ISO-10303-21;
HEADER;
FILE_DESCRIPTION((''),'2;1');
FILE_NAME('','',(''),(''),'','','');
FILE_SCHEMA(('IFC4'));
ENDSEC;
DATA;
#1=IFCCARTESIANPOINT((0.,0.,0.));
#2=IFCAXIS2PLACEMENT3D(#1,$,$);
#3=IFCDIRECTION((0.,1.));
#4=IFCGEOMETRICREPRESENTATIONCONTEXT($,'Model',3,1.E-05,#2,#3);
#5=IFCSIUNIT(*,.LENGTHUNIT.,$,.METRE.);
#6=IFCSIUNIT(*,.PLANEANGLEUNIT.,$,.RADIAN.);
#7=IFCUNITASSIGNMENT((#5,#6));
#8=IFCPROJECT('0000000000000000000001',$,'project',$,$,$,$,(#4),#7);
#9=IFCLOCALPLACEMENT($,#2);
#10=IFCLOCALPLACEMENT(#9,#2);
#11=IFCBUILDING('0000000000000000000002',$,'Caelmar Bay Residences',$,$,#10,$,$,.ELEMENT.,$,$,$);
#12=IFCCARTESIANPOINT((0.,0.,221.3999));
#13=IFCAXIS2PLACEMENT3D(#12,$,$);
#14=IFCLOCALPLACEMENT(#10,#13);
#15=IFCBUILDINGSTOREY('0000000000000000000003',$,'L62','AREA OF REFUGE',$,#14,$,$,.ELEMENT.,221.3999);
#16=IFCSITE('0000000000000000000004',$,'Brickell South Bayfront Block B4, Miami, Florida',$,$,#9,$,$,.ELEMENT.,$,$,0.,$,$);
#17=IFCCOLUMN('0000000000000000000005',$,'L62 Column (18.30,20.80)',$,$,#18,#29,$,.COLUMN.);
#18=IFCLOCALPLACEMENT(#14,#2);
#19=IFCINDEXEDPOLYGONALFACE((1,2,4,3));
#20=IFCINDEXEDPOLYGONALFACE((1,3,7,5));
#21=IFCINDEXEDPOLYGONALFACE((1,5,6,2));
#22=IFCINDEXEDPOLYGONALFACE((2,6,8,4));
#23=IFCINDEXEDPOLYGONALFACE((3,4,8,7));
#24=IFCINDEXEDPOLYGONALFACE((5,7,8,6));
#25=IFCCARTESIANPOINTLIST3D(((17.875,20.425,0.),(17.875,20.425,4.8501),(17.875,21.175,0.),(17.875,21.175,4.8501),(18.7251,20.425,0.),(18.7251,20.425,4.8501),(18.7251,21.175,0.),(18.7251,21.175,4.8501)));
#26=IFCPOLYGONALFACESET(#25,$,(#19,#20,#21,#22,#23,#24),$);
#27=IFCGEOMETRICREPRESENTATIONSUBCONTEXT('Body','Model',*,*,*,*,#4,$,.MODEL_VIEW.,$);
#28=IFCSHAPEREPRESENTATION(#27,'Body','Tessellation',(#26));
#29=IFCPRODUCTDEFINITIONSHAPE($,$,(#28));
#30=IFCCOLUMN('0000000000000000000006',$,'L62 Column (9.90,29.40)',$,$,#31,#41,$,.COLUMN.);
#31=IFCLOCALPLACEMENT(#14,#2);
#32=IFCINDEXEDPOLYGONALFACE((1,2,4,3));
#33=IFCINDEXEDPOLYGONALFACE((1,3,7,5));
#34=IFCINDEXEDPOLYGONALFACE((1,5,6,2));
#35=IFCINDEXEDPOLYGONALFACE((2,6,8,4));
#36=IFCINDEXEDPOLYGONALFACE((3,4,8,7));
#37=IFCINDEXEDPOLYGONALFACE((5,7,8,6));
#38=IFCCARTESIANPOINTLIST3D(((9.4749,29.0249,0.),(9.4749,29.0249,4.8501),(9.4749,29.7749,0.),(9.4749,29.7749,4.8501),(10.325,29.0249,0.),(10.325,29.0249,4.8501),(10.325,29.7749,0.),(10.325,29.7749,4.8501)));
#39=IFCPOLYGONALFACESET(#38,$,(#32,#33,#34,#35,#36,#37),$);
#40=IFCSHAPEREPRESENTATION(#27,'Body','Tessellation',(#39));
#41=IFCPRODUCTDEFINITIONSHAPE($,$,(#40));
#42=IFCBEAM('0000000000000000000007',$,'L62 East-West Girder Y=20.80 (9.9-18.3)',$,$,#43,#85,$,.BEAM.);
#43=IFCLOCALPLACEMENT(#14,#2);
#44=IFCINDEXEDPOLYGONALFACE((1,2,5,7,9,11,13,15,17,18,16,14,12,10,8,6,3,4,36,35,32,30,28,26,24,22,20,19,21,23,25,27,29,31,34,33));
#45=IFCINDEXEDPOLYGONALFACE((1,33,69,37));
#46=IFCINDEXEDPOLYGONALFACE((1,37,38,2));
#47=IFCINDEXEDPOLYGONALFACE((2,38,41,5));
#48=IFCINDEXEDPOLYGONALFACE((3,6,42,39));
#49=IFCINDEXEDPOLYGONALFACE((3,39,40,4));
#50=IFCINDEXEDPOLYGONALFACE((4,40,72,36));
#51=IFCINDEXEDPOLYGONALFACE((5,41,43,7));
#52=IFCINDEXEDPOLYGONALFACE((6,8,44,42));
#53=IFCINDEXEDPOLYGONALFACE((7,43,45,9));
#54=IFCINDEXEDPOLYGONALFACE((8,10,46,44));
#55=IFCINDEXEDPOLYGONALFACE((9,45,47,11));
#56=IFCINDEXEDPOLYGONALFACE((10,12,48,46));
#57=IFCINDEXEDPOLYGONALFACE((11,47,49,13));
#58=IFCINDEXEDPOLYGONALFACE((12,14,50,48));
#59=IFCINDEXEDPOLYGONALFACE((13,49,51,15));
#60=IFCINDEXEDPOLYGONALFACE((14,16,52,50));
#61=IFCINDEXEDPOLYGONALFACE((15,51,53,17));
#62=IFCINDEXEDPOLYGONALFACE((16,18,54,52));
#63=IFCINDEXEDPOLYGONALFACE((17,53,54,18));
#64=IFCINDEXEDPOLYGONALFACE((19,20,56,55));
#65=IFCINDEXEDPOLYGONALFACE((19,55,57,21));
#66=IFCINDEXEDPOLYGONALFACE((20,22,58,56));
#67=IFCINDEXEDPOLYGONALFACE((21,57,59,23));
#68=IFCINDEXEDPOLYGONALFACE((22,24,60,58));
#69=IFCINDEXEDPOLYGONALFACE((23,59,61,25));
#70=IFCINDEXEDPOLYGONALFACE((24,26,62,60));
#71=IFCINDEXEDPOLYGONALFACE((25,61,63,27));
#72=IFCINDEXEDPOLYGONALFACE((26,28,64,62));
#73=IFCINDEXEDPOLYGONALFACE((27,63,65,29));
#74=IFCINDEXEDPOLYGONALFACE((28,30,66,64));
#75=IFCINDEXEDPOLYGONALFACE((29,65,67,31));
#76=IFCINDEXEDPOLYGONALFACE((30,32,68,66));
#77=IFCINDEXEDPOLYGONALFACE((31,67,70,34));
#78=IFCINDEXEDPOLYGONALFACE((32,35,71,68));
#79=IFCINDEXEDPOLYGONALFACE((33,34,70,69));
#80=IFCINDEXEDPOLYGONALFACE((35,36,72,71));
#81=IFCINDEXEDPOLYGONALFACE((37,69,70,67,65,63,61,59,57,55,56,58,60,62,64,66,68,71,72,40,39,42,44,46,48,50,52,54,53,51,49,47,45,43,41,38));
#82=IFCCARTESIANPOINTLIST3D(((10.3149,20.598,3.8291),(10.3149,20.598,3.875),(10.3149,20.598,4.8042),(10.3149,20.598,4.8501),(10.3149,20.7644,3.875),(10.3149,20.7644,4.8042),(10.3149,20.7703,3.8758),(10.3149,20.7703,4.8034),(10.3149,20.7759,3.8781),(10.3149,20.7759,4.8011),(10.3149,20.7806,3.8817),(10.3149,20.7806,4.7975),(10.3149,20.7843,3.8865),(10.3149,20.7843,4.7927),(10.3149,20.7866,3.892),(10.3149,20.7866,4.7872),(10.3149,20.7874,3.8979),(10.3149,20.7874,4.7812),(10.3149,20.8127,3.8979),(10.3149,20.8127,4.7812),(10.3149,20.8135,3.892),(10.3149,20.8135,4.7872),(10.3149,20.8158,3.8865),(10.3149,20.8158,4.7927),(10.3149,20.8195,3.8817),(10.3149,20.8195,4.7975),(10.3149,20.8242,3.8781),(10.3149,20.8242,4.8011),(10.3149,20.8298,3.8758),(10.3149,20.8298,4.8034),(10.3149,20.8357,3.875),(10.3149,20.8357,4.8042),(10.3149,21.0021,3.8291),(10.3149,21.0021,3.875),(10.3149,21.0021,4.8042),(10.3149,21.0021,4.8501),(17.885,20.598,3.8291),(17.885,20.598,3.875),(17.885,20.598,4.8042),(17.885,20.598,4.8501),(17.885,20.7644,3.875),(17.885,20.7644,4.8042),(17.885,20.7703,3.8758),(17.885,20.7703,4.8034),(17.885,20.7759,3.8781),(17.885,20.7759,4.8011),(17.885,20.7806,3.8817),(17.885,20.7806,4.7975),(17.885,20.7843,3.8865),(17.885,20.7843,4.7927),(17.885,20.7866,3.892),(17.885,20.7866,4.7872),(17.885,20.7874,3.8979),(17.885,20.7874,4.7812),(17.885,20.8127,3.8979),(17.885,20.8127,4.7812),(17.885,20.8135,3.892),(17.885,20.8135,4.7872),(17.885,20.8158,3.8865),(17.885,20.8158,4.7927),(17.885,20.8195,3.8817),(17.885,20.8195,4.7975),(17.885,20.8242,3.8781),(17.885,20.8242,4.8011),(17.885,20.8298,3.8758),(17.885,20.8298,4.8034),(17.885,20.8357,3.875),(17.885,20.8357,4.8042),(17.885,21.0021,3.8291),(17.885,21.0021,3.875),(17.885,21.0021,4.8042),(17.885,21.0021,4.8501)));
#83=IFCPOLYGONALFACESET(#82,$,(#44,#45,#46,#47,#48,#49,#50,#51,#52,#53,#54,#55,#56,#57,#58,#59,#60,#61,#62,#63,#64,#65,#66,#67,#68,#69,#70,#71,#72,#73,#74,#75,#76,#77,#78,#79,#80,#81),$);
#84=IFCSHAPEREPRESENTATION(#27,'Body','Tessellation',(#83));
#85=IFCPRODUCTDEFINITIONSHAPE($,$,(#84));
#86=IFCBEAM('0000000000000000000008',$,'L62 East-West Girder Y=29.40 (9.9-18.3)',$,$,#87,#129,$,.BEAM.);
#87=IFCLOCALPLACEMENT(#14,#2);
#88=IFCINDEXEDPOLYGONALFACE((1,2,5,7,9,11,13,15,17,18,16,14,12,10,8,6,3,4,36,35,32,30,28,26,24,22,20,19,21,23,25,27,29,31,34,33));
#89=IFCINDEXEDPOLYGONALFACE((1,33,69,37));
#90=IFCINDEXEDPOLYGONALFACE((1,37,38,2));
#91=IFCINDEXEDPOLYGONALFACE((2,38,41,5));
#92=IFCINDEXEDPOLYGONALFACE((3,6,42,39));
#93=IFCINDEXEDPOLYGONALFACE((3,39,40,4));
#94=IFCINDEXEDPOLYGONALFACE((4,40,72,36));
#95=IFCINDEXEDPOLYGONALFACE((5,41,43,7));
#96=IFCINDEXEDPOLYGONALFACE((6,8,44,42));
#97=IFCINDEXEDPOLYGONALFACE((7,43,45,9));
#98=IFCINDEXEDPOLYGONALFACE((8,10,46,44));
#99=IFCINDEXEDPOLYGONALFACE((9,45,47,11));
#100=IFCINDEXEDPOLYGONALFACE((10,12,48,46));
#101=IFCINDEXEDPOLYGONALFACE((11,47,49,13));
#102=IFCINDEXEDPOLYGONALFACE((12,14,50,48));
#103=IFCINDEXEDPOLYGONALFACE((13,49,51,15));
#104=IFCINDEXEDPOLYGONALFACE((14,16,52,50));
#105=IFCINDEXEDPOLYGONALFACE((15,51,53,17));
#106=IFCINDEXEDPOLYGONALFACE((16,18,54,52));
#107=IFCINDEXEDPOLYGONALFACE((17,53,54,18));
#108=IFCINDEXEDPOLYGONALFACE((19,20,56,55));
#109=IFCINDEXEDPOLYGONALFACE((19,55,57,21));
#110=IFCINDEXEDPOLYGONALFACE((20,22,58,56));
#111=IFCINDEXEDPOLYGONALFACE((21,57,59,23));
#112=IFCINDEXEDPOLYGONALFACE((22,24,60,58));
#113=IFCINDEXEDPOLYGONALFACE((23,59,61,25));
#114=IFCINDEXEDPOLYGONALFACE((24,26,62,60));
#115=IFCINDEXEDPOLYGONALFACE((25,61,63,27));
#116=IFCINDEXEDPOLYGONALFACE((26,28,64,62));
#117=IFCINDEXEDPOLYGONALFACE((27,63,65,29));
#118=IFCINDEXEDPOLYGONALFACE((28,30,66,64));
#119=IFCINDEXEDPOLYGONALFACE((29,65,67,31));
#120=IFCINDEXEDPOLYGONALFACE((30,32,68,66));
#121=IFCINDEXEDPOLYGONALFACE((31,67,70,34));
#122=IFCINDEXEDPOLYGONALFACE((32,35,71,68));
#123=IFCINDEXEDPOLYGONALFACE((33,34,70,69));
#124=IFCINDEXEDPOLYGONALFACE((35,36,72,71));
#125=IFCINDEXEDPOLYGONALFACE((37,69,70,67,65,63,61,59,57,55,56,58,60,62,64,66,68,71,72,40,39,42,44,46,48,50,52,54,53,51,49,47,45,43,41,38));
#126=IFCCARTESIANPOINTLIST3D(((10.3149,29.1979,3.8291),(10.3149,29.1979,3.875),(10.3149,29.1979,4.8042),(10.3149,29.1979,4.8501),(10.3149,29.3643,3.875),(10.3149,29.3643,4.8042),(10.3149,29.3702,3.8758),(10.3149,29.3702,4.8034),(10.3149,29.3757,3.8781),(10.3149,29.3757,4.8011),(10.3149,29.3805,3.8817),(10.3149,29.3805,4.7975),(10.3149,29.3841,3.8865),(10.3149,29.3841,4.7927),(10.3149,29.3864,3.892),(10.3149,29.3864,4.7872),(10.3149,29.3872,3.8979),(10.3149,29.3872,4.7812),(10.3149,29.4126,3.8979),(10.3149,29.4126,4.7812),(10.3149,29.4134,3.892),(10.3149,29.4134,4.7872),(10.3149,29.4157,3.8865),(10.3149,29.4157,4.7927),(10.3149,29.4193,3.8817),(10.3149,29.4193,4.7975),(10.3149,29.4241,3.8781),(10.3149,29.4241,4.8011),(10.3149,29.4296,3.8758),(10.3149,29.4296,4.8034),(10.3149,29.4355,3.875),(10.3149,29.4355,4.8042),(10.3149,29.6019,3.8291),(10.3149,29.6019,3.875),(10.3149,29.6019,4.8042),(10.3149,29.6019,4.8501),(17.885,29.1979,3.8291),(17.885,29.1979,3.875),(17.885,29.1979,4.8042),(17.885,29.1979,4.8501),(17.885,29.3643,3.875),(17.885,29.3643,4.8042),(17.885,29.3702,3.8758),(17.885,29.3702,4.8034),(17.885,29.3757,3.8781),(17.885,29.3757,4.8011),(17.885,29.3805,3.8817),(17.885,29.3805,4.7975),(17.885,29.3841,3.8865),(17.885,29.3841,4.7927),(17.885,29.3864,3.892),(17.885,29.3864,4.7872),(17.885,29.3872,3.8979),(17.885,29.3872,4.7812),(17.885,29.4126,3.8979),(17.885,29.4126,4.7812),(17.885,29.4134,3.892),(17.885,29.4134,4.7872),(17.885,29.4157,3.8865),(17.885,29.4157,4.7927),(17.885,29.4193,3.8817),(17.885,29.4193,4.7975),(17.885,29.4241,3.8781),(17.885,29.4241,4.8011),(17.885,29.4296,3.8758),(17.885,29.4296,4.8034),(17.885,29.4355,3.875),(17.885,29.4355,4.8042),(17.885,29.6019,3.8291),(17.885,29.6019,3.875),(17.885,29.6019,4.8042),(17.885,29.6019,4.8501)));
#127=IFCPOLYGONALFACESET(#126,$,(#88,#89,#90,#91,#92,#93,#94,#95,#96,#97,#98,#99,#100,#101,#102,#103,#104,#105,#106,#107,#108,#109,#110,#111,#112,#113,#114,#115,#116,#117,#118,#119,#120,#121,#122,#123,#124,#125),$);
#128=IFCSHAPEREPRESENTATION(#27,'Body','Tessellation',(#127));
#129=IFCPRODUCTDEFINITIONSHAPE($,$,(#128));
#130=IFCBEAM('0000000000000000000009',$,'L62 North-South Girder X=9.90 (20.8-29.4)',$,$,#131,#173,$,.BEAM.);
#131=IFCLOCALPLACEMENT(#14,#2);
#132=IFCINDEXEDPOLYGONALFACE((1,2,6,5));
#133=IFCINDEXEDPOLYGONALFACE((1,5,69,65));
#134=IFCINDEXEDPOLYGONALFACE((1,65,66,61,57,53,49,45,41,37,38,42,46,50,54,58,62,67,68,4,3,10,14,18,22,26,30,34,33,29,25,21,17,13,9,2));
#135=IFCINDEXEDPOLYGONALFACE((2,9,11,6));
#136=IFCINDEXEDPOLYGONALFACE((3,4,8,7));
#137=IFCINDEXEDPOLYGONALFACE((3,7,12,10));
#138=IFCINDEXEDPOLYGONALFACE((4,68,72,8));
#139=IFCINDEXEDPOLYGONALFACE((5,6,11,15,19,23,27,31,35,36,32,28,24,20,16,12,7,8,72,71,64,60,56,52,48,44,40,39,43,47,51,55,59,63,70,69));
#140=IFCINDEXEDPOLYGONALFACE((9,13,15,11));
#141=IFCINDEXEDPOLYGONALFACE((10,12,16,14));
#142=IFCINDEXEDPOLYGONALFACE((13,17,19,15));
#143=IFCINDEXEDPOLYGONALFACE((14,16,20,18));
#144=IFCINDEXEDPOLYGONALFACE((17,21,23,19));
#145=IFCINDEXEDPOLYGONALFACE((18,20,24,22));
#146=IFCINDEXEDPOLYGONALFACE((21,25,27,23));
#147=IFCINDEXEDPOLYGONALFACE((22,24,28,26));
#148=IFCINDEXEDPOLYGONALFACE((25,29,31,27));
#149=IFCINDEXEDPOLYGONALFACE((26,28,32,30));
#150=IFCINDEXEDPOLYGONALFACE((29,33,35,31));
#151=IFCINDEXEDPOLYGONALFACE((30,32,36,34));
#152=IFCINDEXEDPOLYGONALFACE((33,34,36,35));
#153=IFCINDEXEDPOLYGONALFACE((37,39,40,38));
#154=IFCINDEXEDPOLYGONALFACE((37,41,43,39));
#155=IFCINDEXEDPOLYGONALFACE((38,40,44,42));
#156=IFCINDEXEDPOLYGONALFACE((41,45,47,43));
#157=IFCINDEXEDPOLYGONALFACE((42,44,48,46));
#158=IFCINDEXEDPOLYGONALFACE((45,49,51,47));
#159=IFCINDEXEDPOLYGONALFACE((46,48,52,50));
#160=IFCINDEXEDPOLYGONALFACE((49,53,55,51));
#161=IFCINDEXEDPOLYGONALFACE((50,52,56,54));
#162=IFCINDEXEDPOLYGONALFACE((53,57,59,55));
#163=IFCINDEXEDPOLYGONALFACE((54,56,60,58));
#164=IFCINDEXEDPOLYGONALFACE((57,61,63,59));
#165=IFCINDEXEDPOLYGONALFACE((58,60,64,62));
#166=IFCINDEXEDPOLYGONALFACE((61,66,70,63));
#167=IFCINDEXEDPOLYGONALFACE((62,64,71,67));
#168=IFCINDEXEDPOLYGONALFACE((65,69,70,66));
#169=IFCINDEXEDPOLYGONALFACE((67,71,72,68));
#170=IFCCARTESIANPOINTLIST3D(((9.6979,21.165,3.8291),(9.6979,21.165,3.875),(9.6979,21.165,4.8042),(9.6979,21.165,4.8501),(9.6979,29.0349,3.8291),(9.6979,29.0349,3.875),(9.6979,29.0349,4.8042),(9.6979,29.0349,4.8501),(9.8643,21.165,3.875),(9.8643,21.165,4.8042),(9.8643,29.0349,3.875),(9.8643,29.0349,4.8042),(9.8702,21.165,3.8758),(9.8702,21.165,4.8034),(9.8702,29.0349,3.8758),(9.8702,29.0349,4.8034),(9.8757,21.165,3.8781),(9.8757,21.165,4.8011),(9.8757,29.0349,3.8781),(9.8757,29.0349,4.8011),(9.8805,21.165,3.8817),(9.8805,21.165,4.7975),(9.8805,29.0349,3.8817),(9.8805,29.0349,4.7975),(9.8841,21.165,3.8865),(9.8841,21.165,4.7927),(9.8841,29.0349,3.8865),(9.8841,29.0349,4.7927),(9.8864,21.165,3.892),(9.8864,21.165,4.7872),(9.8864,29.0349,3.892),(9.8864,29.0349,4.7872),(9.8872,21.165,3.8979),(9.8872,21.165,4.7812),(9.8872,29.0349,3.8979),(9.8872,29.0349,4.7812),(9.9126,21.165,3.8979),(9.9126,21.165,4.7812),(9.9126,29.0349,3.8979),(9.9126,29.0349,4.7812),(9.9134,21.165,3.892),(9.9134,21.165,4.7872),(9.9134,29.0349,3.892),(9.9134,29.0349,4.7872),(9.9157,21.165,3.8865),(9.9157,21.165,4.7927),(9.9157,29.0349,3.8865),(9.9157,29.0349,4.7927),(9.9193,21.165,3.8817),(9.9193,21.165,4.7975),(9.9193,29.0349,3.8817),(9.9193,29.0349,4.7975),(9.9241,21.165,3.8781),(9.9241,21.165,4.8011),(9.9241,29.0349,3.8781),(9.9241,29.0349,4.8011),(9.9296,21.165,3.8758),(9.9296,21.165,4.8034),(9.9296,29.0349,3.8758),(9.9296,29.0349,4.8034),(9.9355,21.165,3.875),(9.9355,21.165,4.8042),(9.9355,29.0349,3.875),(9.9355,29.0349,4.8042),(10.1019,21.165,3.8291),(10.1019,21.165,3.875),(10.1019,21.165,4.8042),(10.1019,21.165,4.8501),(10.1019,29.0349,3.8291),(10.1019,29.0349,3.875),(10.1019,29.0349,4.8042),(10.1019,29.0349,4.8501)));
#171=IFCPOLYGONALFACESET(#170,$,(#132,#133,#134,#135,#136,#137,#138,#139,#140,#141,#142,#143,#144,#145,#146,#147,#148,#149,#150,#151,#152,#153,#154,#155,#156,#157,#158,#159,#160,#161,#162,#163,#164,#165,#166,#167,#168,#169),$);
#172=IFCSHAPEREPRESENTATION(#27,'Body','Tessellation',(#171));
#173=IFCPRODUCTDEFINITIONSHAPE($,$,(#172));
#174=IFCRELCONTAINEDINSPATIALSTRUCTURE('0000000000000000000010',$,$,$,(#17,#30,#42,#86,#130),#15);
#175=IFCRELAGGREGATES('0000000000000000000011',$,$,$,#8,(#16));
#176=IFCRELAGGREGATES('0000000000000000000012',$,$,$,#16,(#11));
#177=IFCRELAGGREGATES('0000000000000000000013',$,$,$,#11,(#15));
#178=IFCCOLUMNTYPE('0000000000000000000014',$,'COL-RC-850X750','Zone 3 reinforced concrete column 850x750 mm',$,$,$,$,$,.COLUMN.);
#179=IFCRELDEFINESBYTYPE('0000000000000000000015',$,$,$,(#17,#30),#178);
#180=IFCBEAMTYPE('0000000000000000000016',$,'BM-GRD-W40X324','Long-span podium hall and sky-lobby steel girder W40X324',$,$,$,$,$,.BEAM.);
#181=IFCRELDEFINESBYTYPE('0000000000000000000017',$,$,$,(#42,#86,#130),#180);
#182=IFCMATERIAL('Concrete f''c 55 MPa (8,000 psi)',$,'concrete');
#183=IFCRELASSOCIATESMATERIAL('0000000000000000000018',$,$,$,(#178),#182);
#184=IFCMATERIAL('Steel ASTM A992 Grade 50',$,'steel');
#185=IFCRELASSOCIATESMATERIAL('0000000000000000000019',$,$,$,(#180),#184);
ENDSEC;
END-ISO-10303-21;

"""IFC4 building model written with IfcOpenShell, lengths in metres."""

from ifc_helpers import new_model, si_unit, direction, frame, origin, origin_2d, place, context, subcontext, project, spatial, rectangle, i_section, extrude, material, material_profile, profile_set, type_object, element, save


model = new_model("IFC4")

# Units and contexts
model_context = context("Model", 3, precision=1e-05, world=origin(), true_north=direction((0.0, 1.0)))
body_context = subcontext(model_context, "Body", "Model", "MODEL_VIEW")
ifc_project = project(units=[si_unit("LENGTHUNIT", "METRE"), si_unit("PLANEANGLEUNIT", "RADIAN")], contexts=[model_context])

# Site, building, storey
site_placement = place(None, origin())
site = spatial("IfcSite", under=ifc_project, at=site_placement, Name="Brickell South Bayfront Block B4, Miami, Florida", CompositionType="ELEMENT", RefElevation=0.0)
building_placement = place(site_placement, origin())
building = spatial("IfcBuilding", under=site, at=building_placement, Name="Caelmar Bay Residences", CompositionType="ELEMENT")
storey_placement = place(building_placement, frame((0.0, 0.0, 221.3999)))
storey = spatial("IfcBuildingStorey", under=building, at=storey_placement, Name="L62", Description="AREA OF REFUGE", CompositionType="ELEMENT", Elevation=221.3999)

# Columns
ifc_material_1 = material(Name="Concrete f'c 55 MPa (8,000 psi)", Category="concrete")
ifc_material_profile_1 = material_profile(ifc_material_1, rectangle(XDim=0.8501, YDim=0.75, at=origin_2d()), Name="RC-COL-850X750")
ifc_profile_set_1 = profile_set([ifc_material_profile_1], Name="Concrete f'c 55 MPa (8,000 psi)")
column_type = type_object("IfcColumnType", Name="COL-RC-850X750", Description="Zone 3 reinforced concrete column 850x750 mm", PredefinedType="COLUMN", material=ifc_profile_set_1)
for number, where, z_axis, x_axis, name in (
    (1, (18.3, 20.8, 0.0), (0.0, 0.0, 1.0), (1.0, 0.0, 0.0), "L62 Column (18.30,20.80)"),
    (2, (9.8999, 29.3999, 0.0), (0.0, 0.0, 1.0), (1.0, 0.0, 0.0), "L62 Column (9.90,29.40)"),
):
    element("IfcColumn", number, at=place(storey_placement, frame(where, z_axis=z_axis, x_axis=x_axis)), inside=storey, type_object=column_type, Name=name, PredefinedType="COLUMN", context=body_context, shape_type="SweptSolid", body=[
        extrude(rectangle(XDim=0.8501, YDim=0.75, at=origin_2d()), origin(), (0.0, 0.0, 1.0), 4.8501),
    ])

# Beams
ifc_material_2 = material(Name="Steel ASTM A992 Grade 50", Category="steel")
ifc_material_profile_2 = material_profile(ifc_material_2, i_section(OverallWidth=0.4041, OverallDepth=1.021, WebThickness=0.0254, FlangeThickness=0.0459, FilletRadius=0.0229, at=origin_2d()), Name="W40X324")
ifc_profile_set_2 = profile_set([ifc_material_profile_2], Name="Steel ASTM A992 Grade 50")
beam_type_1 = type_object("IfcBeamType", Name="BM-GRD-W40X324", Description="Long-span podium hall and sky-lobby steel girder W40X324", PredefinedType="BEAM", material=ifc_profile_set_2)
for number, where, z_axis, x_axis, name in (
    (3, (10.3149, 20.8, 4.3396), (1.0, 0.0, 0.0), (0.0, 1.0, 0.0), "L62 East-West Girder Y=20.80 (9.9-18.3)"),
    (4, (10.3149, 29.3999, 4.3396), (1.0, 0.0, 0.0), (0.0, 1.0, 0.0), "L62 East-West Girder Y=29.40 (9.9-18.3)"),
):
    element("IfcBeam", number, at=place(storey_placement, frame(where, z_axis=z_axis, x_axis=x_axis)), inside=storey, type_object=beam_type_1, Name=name, PredefinedType="BEAM", context=body_context, shape_type="SweptSolid", body=[
        extrude(i_section(OverallWidth=0.4041, OverallDepth=1.021, WebThickness=0.0254, FlangeThickness=0.0459, FilletRadius=0.0229, at=origin_2d()), origin(), (0.0, 0.0, 1.0), 7.5701),
    ])
beam_1_placement = place(storey_placement, frame((9.8999, 21.165, 4.3396), z_axis=(0.0, 1.0, 0.0), x_axis=(-1.0, 0.0, 0.0)))
element("IfcBeam", 5, at=beam_1_placement, inside=storey, type_object=beam_type_1, Name="L62 North-South Girder X=9.90 (20.8-29.4)", PredefinedType="BEAM", context=body_context, shape_type="SweptSolid", body=[
    extrude(i_section(OverallWidth=0.4041, OverallDepth=1.021, WebThickness=0.0254, FlangeThickness=0.0459, FilletRadius=0.0229, at=origin_2d()), origin(), (0.0, 0.0, 1.0), 7.8699),
])

save(model, "model.ifc")
